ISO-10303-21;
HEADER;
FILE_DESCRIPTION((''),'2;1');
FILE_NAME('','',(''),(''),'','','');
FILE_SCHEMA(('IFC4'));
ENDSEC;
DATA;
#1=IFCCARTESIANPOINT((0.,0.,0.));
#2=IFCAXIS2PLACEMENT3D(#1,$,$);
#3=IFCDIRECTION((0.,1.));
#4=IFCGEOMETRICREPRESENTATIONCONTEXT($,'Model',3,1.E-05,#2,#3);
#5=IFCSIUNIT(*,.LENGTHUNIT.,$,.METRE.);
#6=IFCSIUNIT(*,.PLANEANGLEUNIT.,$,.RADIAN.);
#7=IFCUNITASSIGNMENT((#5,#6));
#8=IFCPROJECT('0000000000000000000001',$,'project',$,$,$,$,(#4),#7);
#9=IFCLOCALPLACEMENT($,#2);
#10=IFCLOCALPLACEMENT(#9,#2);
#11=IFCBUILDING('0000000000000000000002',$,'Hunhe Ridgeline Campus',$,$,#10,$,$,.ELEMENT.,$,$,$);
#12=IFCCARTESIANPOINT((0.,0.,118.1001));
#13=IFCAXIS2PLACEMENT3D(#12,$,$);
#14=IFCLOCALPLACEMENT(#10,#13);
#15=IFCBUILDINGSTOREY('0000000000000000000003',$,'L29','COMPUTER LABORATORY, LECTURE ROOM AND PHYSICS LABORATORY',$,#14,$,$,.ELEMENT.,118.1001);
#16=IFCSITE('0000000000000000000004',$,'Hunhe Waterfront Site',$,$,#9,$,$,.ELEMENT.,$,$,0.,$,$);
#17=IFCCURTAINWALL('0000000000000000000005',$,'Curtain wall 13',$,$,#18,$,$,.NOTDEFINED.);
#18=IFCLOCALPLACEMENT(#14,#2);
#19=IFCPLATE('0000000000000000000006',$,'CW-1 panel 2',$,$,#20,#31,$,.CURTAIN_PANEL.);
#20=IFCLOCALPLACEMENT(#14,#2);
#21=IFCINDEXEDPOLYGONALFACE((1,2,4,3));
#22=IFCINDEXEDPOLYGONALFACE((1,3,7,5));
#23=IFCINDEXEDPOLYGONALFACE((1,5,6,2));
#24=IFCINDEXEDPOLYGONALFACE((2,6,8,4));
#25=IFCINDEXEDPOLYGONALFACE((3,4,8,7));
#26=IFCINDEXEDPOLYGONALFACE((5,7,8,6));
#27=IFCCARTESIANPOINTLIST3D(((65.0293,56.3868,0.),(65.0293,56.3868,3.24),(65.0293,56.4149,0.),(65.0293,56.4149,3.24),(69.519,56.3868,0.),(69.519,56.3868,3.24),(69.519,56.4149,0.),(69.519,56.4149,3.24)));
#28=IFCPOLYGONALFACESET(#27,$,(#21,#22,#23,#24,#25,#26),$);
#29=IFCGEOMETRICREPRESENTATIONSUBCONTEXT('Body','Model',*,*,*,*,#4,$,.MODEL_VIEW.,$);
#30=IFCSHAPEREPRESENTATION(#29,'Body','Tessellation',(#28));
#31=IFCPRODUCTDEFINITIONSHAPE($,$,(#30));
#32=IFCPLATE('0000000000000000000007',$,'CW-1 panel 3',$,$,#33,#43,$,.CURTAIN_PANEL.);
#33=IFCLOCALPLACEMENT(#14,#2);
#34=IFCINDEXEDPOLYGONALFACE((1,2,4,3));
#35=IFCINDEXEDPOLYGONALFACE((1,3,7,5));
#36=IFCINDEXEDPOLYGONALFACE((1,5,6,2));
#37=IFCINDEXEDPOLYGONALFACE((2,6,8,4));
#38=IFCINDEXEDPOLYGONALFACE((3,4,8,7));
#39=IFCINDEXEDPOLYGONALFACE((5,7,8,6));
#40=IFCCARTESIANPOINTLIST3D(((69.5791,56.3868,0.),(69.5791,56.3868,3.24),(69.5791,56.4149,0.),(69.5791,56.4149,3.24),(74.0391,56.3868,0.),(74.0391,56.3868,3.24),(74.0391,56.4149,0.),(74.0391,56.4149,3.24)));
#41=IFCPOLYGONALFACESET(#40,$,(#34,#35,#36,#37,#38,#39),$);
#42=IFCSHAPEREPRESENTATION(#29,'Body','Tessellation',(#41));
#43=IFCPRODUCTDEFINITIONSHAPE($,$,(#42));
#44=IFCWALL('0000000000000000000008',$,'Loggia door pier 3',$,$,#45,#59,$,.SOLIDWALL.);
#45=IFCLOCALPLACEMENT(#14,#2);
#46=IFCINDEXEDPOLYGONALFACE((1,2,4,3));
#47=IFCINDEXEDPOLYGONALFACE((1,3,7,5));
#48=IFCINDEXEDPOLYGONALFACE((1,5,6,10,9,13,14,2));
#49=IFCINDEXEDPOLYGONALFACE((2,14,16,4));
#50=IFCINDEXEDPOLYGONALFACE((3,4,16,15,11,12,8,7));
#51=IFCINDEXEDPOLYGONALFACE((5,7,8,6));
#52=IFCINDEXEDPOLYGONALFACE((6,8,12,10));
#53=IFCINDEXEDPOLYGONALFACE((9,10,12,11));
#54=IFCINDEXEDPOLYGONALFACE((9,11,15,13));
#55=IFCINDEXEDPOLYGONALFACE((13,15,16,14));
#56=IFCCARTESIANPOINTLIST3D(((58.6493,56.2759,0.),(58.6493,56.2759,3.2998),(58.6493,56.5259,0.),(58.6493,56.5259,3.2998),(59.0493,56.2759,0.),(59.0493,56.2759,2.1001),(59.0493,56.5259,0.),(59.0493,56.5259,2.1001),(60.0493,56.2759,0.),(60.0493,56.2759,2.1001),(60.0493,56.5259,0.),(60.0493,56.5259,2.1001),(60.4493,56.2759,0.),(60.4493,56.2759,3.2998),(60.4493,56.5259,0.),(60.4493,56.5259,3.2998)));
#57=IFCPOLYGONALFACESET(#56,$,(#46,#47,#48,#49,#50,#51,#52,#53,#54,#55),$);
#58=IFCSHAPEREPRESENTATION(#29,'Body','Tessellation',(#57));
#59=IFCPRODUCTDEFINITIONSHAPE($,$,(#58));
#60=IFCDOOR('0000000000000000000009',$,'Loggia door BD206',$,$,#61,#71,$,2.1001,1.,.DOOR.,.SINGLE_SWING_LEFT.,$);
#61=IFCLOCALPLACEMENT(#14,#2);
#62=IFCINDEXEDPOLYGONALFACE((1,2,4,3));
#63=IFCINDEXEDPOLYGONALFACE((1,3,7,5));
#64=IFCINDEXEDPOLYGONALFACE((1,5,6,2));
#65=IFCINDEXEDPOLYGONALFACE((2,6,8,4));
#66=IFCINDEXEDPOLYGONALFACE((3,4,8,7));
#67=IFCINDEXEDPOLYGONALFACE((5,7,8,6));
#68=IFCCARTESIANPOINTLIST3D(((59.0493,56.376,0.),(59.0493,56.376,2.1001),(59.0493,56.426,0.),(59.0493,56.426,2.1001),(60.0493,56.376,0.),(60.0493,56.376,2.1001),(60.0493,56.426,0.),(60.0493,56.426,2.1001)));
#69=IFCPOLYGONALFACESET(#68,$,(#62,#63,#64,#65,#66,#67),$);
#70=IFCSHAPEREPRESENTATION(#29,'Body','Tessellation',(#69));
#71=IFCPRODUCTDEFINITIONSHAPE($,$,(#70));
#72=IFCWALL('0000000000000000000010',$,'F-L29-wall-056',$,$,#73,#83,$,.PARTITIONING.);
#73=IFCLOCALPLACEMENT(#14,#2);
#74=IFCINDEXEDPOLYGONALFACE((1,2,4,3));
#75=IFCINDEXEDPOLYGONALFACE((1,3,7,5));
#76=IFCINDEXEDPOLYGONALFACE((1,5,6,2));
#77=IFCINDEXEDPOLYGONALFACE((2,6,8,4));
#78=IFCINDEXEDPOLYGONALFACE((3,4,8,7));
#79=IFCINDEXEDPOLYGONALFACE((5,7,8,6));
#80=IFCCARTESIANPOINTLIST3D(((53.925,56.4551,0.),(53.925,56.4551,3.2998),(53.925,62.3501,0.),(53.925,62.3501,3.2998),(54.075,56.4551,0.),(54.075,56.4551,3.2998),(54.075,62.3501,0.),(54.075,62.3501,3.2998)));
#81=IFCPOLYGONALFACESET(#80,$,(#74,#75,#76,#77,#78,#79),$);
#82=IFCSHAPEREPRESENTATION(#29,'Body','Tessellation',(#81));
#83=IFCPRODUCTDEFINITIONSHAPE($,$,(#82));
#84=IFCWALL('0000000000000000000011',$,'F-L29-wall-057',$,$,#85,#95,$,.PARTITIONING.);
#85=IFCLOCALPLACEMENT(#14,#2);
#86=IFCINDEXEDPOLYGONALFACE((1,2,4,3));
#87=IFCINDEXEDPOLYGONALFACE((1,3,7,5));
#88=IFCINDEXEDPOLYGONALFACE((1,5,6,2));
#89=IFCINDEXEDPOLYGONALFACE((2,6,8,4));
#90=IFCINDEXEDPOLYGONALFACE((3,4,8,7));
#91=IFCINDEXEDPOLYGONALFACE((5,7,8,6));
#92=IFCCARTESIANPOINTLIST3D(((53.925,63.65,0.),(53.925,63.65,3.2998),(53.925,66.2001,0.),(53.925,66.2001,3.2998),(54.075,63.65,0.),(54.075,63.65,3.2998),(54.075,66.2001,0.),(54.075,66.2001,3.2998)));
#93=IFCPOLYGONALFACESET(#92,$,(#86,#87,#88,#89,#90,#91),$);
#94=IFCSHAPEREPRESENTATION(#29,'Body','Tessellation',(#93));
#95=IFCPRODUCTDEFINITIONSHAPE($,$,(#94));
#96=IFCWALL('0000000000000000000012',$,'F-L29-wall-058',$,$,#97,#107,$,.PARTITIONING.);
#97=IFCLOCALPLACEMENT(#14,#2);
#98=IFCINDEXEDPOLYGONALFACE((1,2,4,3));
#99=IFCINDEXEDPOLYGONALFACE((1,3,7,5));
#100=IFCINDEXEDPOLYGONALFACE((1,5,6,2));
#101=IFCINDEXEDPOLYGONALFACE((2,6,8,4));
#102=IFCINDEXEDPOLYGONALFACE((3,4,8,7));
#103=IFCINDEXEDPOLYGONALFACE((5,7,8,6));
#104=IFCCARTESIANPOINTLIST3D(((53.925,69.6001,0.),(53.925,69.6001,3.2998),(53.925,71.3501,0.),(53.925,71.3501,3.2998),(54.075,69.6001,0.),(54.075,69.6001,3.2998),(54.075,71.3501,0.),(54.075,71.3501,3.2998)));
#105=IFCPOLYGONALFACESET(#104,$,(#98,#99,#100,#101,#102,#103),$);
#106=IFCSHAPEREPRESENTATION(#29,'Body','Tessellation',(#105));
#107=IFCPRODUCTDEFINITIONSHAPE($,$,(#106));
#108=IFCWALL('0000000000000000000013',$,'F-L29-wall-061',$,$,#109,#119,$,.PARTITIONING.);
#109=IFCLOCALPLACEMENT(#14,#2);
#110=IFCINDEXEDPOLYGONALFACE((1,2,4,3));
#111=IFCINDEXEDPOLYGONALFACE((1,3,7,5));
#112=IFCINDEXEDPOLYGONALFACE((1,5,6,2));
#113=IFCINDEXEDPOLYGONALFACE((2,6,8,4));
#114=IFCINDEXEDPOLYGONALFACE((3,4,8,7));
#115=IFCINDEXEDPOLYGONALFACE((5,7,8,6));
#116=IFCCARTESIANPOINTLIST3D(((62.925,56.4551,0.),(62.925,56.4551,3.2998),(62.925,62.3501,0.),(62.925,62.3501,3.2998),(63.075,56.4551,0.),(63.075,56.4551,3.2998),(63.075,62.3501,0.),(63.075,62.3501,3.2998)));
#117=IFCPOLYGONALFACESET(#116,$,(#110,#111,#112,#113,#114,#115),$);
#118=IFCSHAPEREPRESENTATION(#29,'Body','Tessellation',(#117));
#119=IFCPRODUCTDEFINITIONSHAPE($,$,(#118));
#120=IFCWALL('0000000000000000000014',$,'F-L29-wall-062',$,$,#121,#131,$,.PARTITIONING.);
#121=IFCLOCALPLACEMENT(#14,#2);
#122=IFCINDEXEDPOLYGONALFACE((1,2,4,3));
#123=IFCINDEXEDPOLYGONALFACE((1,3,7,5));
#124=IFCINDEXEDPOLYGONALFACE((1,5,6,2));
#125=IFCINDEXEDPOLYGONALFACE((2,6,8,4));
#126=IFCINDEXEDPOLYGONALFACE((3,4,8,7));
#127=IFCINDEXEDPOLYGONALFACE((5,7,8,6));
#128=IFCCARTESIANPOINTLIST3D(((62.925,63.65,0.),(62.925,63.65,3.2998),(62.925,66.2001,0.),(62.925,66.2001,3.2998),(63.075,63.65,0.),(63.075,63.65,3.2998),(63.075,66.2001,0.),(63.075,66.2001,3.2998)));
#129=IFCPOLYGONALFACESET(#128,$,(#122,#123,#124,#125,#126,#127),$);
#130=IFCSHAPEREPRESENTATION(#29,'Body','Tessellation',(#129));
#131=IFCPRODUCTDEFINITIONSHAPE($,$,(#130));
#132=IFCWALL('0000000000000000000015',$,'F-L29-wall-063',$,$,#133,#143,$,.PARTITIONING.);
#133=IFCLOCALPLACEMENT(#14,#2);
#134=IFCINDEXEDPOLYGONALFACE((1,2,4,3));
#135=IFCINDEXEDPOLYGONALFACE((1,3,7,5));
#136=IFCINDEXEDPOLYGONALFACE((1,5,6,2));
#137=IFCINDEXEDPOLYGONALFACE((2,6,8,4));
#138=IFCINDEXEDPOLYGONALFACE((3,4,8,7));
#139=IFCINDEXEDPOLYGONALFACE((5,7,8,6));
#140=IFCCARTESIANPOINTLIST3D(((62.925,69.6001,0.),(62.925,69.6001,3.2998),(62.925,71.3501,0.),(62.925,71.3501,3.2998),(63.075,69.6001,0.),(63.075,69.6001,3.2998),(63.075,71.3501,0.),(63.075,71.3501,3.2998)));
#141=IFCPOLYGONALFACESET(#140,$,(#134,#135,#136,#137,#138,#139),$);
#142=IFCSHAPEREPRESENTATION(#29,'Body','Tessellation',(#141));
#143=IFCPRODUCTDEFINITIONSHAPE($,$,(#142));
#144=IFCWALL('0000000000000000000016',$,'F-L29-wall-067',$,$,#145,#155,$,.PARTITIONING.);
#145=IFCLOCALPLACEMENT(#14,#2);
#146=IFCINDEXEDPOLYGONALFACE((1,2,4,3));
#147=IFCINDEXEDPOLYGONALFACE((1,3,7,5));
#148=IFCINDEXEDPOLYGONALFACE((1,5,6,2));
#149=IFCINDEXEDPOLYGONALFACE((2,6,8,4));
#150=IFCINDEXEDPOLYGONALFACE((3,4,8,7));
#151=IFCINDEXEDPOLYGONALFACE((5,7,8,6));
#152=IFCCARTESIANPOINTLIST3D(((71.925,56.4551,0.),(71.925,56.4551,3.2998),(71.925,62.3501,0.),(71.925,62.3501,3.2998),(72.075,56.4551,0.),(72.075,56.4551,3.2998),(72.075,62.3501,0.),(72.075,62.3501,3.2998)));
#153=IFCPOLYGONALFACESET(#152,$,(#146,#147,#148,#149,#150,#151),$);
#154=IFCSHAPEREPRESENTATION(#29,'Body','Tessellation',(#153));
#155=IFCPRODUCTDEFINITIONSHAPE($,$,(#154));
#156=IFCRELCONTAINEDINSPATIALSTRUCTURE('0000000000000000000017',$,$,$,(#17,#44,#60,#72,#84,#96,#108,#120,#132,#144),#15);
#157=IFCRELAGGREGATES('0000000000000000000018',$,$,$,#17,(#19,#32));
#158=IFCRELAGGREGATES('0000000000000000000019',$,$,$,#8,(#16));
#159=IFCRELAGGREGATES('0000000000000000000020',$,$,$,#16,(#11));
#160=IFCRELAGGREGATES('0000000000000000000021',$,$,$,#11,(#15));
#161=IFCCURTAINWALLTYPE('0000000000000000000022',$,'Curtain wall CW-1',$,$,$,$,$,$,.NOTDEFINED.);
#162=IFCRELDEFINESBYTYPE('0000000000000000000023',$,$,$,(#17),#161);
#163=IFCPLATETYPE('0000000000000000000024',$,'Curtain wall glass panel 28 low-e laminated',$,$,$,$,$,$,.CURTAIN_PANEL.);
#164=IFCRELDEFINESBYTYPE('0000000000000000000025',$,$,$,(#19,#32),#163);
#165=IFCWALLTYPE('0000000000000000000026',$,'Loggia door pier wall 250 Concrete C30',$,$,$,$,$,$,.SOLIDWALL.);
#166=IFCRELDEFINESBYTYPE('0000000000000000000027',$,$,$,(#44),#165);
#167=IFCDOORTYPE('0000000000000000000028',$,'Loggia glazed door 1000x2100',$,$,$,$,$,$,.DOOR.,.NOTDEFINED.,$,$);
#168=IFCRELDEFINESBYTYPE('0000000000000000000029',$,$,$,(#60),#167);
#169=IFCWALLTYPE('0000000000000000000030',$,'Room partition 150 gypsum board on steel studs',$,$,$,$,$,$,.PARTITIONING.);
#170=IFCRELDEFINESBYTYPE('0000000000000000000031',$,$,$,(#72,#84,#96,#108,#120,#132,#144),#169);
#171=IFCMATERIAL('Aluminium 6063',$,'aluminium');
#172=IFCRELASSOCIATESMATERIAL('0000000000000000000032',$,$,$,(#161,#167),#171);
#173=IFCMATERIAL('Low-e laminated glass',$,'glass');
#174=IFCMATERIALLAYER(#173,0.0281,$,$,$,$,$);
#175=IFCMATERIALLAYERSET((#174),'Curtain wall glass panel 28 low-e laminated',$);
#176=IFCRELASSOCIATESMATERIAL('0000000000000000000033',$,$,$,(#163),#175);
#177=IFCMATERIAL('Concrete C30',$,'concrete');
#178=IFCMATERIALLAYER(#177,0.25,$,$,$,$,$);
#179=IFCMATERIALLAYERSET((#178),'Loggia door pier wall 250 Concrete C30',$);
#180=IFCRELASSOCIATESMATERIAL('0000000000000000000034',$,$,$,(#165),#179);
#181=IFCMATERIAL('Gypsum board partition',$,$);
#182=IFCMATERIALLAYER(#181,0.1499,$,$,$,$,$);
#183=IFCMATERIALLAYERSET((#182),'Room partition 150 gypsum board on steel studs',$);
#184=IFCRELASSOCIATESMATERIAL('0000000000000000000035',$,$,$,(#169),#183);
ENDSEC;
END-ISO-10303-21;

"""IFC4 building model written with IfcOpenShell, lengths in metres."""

from ifc_helpers import new_model, si_unit, direction, frame, frame_2d, origin, origin_2d, place, context, subcontext, project, spatial, rectangle, extrude, material, layer, layer_set, type_object, element, fill, aggregate, save


model = new_model("IFC4")

# Units and contexts
model_context = context("Model", 3, precision=1e-05, world=origin(), true_north=direction((0.0, 1.0)))
body_context = subcontext(model_context, "Body", "Model", "MODEL_VIEW")
ifc_project = project(units=[si_unit("LENGTHUNIT", "METRE"), si_unit("PLANEANGLEUNIT", "RADIAN")], contexts=[model_context])

# Site, building, storey
site_placement = place(None, origin())
site = spatial("IfcSite", under=ifc_project, at=site_placement, Name="Hunhe Waterfront Site", CompositionType="ELEMENT", RefElevation=0.0)
building_placement = place(site_placement, origin())
building = spatial("IfcBuilding", under=site, at=building_placement, Name="Hunhe Ridgeline Campus", CompositionType="ELEMENT")
storey_placement = place(building_placement, frame((0.0, 0.0, 118.1001)))
storey = spatial("IfcBuildingStorey", under=building, at=storey_placement, Name="L29", Description="COMPUTER LABORATORY, LECTURE ROOM AND PHYSICS LABORATORY", CompositionType="ELEMENT", Elevation=118.1001)

# Curtain wall
ifc_material_1 = material(Name="Aluminium 6063", Category="aluminium")
curtain_wall_type = type_object("IfcCurtainWallType", Name="Curtain wall CW-1", PredefinedType="NOTDEFINED", material=ifc_material_1)
curtain_wall_1_placement = place(storey_placement, origin())
curtain_wall_1 = element("IfcCurtainWall", 1, at=curtain_wall_1_placement, inside=storey, type_object=curtain_wall_type, Name="Curtain wall 13", PredefinedType="NOTDEFINED")

# Plates
ifc_material_2 = material(Name="Low-e laminated glass", Category="glass")
ifc_layer_1 = layer(ifc_material_2, 0.0281)
ifc_layer_set_1 = layer_set([ifc_layer_1], Name="Curtain wall glass panel 28 low-e laminated")
plate_type = type_object("IfcPlateType", Name="Curtain wall glass panel 28 low-e laminated", PredefinedType="CURTAIN_PANEL", material=ifc_layer_set_1)
plate_1_placement = place(storey_placement, frame((67.2742, 56.4009, 0.0), z_axis=(0.0, 0.0, 1.0), x_axis=(1.0, 0.0, 0.0)))
plate_1 = element("IfcPlate", 2, at=plate_1_placement, type_object=plate_type, Name="CW-1 panel 2", PredefinedType="CURTAIN_PANEL", context=body_context, shape_type="SweptSolid", body=[
    extrude(rectangle(XDim=4.4897, YDim=0.0281, at=origin_2d()), origin(), (0.0, 0.0, 1.0), 3.24),
])
plate_2_placement = place(storey_placement, frame((71.8091, 56.4009, 0.0), z_axis=(0.0, 0.0, 1.0), x_axis=(1.0, 0.0, 0.0)))
plate_2 = element("IfcPlate", 3, at=plate_2_placement, type_object=plate_type, Name="CW-1 panel 3", PredefinedType="CURTAIN_PANEL", context=body_context, shape_type="SweptSolid", body=[
    extrude(rectangle(XDim=4.46, YDim=0.0281, at=origin_2d()), origin(), (0.0, 0.0, 1.0), 3.24),
])
aggregate(curtain_wall_1, [plate_1, plate_2])

# Wall, opening, door
ifc_material_3 = material(Name="Concrete C30", Category="concrete")
ifc_layer_2 = layer(ifc_material_3, 0.25)
ifc_layer_set_2 = layer_set([ifc_layer_2], Name="Loggia door pier wall 250 Concrete C30")
wall_type_1 = type_object("IfcWallType", Name="Loggia door pier wall 250 Concrete C30", PredefinedType="SOLIDWALL", material=ifc_layer_set_2)
wall_1_placement = place(storey_placement, frame((58.6494, 56.4009, 0.0), z_axis=(0.0, 0.0, 1.0), x_axis=(1.0, 0.0, 0.0)))
wall_1 = element("IfcWall", 4, at=wall_1_placement, inside=storey, type_object=wall_type_1, Name="Loggia door pier 3", PredefinedType="SOLIDWALL", context=body_context, shape_type="SweptSolid", body=[
    extrude(rectangle(XDim=1.8, YDim=0.25, at=frame_2d((0.8999, 0.0))), origin(), (0.0, 0.0, 1.0), 3.2998),
])
opening_placement = place(wall_1_placement, frame((0.3999, 0.0, 0.0)))
opening = element("IfcOpeningElement", 5, at=opening_placement, cuts=wall_1, PredefinedType="OPENING", context=body_context, shape_type="SweptSolid", body=[
    extrude(rectangle(XDim=1.0, YDim=2.1001, at=frame_2d((0.5, 1.05))), frame((0.0, 0.125, 0.0), z_axis=(0.0, -1.0, 0.0), x_axis=(1.0, 0.0, 0.0)), (0.0, 0.0, 1.0), 0.25),
])
door_type = type_object("IfcDoorType", Name="Loggia glazed door 1000x2100", OperationType="NOTDEFINED", PredefinedType="DOOR", material=ifc_material_1)
door_placement = place(opening_placement, frame((1.0, 0.0, 0.0), z_axis=(0.0, 0.0, 1.0), x_axis=(-1.0, 0.0, 0.0)))
door = element("IfcDoor", 6, at=door_placement, inside=storey, type_object=door_type, Name="Loggia door BD206", OperationType="SINGLE_SWING_LEFT", OverallHeight=2.1001, OverallWidth=1.0, PredefinedType="DOOR", context=body_context, shape_type="SweptSolid", body=[
    extrude(rectangle(XDim=1.0, YDim=2.1001, at=frame_2d((0.5, 1.05))), frame((0.0, 0.0249, 0.0), z_axis=(0.0, -1.0, 0.0), x_axis=(1.0, 0.0, 0.0)), (0.0, 0.0, 1.0), 0.05),
])
fill(opening, door)

# Walls
ifc_material_4 = material(Name="Gypsum board partition")
ifc_layer_3 = layer(ifc_material_4, 0.1499)
ifc_layer_set_3 = layer_set([ifc_layer_3], Name="Room partition 150 gypsum board on steel studs")
wall_type_2 = type_object("IfcWallType", Name="Room partition 150 gypsum board on steel studs", PredefinedType="PARTITIONING", material=ifc_layer_set_3)
wall_2_placement = place(storey_placement, frame((54.0, 62.3501, 0.0), z_axis=(0.0, 0.0, 1.0), x_axis=(0.0, -1.0, 0.0)))
element("IfcWall", 7, at=wall_2_placement, inside=storey, type_object=wall_type_2, Name="F-L29-wall-056", PredefinedType="PARTITIONING", context=body_context, shape_type="SweptSolid", body=[
    extrude(rectangle(XDim=5.895, YDim=0.1499, at=frame_2d((2.9475, 0.0))), origin(), (0.0, 0.0, 1.0), 3.2998),
])
wall_3_placement = place(storey_placement, frame((54.0, 66.2, 0.0), z_axis=(0.0, 0.0, 1.0), x_axis=(0.0, -1.0, 0.0)))
element("IfcWall", 8, at=wall_3_placement, inside=storey, type_object=wall_type_2, Name="F-L29-wall-057", PredefinedType="PARTITIONING", context=body_context, shape_type="SweptSolid", body=[
    extrude(rectangle(XDim=2.55, YDim=0.1499, at=frame_2d((1.2749, 0.0))), origin(), (0.0, 0.0, 1.0), 3.2998),
])
wall_4_placement = place(storey_placement, frame((54.0, 71.3501, 0.0), z_axis=(0.0, 0.0, 1.0), x_axis=(0.0, -1.0, 0.0)))
element("IfcWall", 9, at=wall_4_placement, inside=storey, type_object=wall_type_2, Name="F-L29-wall-058", PredefinedType="PARTITIONING", context=body_context, shape_type="SweptSolid", body=[
    extrude(rectangle(XDim=1.75, YDim=0.1499, at=frame_2d((0.875, 0.0))), origin(), (0.0, 0.0, 1.0), 3.2998),
])
wall_5_placement = place(storey_placement, frame((63.0, 62.3501, 0.0), z_axis=(0.0, 0.0, 1.0), x_axis=(0.0, -1.0, 0.0)))
element("IfcWall", 10, at=wall_5_placement, inside=storey, type_object=wall_type_2, Name="F-L29-wall-061", PredefinedType="PARTITIONING", context=body_context, shape_type="SweptSolid", body=[
    extrude(rectangle(XDim=5.895, YDim=0.1499, at=frame_2d((2.9475, 0.0))), origin(), (0.0, 0.0, 1.0), 3.2998),
])
wall_6_placement = place(storey_placement, frame((63.0, 66.2, 0.0), z_axis=(0.0, 0.0, 1.0), x_axis=(0.0, -1.0, 0.0)))
element("IfcWall", 11, at=wall_6_placement, inside=storey, type_object=wall_type_2, Name="F-L29-wall-062", PredefinedType="PARTITIONING", context=body_context, shape_type="SweptSolid", body=[
    extrude(rectangle(XDim=2.55, YDim=0.1499, at=frame_2d((1.2749, 0.0))), origin(), (0.0, 0.0, 1.0), 3.2998),
])
wall_7_placement = place(storey_placement, frame((63.0, 71.3501, 0.0), z_axis=(0.0, 0.0, 1.0), x_axis=(0.0, -1.0, 0.0)))
element("IfcWall", 12, at=wall_7_placement, inside=storey, type_object=wall_type_2, Name="F-L29-wall-063", PredefinedType="PARTITIONING", context=body_context, shape_type="SweptSolid", body=[
    extrude(rectangle(XDim=1.75, YDim=0.1499, at=frame_2d((0.875, 0.0))), origin(), (0.0, 0.0, 1.0), 3.2998),
])
wall_8_placement = place(storey_placement, frame((72.0, 62.3501, 0.0), z_axis=(0.0, 0.0, 1.0), x_axis=(0.0, -1.0, 0.0)))
element("IfcWall", 13, at=wall_8_placement, inside=storey, type_object=wall_type_2, Name="F-L29-wall-067", PredefinedType="PARTITIONING", context=body_context, shape_type="SweptSolid", body=[
    extrude(rectangle(XDim=5.895, YDim=0.1499, at=frame_2d((2.9475, 0.0))), origin(), (0.0, 0.0, 1.0), 3.2998),
])

save(model, "model.ifc")
